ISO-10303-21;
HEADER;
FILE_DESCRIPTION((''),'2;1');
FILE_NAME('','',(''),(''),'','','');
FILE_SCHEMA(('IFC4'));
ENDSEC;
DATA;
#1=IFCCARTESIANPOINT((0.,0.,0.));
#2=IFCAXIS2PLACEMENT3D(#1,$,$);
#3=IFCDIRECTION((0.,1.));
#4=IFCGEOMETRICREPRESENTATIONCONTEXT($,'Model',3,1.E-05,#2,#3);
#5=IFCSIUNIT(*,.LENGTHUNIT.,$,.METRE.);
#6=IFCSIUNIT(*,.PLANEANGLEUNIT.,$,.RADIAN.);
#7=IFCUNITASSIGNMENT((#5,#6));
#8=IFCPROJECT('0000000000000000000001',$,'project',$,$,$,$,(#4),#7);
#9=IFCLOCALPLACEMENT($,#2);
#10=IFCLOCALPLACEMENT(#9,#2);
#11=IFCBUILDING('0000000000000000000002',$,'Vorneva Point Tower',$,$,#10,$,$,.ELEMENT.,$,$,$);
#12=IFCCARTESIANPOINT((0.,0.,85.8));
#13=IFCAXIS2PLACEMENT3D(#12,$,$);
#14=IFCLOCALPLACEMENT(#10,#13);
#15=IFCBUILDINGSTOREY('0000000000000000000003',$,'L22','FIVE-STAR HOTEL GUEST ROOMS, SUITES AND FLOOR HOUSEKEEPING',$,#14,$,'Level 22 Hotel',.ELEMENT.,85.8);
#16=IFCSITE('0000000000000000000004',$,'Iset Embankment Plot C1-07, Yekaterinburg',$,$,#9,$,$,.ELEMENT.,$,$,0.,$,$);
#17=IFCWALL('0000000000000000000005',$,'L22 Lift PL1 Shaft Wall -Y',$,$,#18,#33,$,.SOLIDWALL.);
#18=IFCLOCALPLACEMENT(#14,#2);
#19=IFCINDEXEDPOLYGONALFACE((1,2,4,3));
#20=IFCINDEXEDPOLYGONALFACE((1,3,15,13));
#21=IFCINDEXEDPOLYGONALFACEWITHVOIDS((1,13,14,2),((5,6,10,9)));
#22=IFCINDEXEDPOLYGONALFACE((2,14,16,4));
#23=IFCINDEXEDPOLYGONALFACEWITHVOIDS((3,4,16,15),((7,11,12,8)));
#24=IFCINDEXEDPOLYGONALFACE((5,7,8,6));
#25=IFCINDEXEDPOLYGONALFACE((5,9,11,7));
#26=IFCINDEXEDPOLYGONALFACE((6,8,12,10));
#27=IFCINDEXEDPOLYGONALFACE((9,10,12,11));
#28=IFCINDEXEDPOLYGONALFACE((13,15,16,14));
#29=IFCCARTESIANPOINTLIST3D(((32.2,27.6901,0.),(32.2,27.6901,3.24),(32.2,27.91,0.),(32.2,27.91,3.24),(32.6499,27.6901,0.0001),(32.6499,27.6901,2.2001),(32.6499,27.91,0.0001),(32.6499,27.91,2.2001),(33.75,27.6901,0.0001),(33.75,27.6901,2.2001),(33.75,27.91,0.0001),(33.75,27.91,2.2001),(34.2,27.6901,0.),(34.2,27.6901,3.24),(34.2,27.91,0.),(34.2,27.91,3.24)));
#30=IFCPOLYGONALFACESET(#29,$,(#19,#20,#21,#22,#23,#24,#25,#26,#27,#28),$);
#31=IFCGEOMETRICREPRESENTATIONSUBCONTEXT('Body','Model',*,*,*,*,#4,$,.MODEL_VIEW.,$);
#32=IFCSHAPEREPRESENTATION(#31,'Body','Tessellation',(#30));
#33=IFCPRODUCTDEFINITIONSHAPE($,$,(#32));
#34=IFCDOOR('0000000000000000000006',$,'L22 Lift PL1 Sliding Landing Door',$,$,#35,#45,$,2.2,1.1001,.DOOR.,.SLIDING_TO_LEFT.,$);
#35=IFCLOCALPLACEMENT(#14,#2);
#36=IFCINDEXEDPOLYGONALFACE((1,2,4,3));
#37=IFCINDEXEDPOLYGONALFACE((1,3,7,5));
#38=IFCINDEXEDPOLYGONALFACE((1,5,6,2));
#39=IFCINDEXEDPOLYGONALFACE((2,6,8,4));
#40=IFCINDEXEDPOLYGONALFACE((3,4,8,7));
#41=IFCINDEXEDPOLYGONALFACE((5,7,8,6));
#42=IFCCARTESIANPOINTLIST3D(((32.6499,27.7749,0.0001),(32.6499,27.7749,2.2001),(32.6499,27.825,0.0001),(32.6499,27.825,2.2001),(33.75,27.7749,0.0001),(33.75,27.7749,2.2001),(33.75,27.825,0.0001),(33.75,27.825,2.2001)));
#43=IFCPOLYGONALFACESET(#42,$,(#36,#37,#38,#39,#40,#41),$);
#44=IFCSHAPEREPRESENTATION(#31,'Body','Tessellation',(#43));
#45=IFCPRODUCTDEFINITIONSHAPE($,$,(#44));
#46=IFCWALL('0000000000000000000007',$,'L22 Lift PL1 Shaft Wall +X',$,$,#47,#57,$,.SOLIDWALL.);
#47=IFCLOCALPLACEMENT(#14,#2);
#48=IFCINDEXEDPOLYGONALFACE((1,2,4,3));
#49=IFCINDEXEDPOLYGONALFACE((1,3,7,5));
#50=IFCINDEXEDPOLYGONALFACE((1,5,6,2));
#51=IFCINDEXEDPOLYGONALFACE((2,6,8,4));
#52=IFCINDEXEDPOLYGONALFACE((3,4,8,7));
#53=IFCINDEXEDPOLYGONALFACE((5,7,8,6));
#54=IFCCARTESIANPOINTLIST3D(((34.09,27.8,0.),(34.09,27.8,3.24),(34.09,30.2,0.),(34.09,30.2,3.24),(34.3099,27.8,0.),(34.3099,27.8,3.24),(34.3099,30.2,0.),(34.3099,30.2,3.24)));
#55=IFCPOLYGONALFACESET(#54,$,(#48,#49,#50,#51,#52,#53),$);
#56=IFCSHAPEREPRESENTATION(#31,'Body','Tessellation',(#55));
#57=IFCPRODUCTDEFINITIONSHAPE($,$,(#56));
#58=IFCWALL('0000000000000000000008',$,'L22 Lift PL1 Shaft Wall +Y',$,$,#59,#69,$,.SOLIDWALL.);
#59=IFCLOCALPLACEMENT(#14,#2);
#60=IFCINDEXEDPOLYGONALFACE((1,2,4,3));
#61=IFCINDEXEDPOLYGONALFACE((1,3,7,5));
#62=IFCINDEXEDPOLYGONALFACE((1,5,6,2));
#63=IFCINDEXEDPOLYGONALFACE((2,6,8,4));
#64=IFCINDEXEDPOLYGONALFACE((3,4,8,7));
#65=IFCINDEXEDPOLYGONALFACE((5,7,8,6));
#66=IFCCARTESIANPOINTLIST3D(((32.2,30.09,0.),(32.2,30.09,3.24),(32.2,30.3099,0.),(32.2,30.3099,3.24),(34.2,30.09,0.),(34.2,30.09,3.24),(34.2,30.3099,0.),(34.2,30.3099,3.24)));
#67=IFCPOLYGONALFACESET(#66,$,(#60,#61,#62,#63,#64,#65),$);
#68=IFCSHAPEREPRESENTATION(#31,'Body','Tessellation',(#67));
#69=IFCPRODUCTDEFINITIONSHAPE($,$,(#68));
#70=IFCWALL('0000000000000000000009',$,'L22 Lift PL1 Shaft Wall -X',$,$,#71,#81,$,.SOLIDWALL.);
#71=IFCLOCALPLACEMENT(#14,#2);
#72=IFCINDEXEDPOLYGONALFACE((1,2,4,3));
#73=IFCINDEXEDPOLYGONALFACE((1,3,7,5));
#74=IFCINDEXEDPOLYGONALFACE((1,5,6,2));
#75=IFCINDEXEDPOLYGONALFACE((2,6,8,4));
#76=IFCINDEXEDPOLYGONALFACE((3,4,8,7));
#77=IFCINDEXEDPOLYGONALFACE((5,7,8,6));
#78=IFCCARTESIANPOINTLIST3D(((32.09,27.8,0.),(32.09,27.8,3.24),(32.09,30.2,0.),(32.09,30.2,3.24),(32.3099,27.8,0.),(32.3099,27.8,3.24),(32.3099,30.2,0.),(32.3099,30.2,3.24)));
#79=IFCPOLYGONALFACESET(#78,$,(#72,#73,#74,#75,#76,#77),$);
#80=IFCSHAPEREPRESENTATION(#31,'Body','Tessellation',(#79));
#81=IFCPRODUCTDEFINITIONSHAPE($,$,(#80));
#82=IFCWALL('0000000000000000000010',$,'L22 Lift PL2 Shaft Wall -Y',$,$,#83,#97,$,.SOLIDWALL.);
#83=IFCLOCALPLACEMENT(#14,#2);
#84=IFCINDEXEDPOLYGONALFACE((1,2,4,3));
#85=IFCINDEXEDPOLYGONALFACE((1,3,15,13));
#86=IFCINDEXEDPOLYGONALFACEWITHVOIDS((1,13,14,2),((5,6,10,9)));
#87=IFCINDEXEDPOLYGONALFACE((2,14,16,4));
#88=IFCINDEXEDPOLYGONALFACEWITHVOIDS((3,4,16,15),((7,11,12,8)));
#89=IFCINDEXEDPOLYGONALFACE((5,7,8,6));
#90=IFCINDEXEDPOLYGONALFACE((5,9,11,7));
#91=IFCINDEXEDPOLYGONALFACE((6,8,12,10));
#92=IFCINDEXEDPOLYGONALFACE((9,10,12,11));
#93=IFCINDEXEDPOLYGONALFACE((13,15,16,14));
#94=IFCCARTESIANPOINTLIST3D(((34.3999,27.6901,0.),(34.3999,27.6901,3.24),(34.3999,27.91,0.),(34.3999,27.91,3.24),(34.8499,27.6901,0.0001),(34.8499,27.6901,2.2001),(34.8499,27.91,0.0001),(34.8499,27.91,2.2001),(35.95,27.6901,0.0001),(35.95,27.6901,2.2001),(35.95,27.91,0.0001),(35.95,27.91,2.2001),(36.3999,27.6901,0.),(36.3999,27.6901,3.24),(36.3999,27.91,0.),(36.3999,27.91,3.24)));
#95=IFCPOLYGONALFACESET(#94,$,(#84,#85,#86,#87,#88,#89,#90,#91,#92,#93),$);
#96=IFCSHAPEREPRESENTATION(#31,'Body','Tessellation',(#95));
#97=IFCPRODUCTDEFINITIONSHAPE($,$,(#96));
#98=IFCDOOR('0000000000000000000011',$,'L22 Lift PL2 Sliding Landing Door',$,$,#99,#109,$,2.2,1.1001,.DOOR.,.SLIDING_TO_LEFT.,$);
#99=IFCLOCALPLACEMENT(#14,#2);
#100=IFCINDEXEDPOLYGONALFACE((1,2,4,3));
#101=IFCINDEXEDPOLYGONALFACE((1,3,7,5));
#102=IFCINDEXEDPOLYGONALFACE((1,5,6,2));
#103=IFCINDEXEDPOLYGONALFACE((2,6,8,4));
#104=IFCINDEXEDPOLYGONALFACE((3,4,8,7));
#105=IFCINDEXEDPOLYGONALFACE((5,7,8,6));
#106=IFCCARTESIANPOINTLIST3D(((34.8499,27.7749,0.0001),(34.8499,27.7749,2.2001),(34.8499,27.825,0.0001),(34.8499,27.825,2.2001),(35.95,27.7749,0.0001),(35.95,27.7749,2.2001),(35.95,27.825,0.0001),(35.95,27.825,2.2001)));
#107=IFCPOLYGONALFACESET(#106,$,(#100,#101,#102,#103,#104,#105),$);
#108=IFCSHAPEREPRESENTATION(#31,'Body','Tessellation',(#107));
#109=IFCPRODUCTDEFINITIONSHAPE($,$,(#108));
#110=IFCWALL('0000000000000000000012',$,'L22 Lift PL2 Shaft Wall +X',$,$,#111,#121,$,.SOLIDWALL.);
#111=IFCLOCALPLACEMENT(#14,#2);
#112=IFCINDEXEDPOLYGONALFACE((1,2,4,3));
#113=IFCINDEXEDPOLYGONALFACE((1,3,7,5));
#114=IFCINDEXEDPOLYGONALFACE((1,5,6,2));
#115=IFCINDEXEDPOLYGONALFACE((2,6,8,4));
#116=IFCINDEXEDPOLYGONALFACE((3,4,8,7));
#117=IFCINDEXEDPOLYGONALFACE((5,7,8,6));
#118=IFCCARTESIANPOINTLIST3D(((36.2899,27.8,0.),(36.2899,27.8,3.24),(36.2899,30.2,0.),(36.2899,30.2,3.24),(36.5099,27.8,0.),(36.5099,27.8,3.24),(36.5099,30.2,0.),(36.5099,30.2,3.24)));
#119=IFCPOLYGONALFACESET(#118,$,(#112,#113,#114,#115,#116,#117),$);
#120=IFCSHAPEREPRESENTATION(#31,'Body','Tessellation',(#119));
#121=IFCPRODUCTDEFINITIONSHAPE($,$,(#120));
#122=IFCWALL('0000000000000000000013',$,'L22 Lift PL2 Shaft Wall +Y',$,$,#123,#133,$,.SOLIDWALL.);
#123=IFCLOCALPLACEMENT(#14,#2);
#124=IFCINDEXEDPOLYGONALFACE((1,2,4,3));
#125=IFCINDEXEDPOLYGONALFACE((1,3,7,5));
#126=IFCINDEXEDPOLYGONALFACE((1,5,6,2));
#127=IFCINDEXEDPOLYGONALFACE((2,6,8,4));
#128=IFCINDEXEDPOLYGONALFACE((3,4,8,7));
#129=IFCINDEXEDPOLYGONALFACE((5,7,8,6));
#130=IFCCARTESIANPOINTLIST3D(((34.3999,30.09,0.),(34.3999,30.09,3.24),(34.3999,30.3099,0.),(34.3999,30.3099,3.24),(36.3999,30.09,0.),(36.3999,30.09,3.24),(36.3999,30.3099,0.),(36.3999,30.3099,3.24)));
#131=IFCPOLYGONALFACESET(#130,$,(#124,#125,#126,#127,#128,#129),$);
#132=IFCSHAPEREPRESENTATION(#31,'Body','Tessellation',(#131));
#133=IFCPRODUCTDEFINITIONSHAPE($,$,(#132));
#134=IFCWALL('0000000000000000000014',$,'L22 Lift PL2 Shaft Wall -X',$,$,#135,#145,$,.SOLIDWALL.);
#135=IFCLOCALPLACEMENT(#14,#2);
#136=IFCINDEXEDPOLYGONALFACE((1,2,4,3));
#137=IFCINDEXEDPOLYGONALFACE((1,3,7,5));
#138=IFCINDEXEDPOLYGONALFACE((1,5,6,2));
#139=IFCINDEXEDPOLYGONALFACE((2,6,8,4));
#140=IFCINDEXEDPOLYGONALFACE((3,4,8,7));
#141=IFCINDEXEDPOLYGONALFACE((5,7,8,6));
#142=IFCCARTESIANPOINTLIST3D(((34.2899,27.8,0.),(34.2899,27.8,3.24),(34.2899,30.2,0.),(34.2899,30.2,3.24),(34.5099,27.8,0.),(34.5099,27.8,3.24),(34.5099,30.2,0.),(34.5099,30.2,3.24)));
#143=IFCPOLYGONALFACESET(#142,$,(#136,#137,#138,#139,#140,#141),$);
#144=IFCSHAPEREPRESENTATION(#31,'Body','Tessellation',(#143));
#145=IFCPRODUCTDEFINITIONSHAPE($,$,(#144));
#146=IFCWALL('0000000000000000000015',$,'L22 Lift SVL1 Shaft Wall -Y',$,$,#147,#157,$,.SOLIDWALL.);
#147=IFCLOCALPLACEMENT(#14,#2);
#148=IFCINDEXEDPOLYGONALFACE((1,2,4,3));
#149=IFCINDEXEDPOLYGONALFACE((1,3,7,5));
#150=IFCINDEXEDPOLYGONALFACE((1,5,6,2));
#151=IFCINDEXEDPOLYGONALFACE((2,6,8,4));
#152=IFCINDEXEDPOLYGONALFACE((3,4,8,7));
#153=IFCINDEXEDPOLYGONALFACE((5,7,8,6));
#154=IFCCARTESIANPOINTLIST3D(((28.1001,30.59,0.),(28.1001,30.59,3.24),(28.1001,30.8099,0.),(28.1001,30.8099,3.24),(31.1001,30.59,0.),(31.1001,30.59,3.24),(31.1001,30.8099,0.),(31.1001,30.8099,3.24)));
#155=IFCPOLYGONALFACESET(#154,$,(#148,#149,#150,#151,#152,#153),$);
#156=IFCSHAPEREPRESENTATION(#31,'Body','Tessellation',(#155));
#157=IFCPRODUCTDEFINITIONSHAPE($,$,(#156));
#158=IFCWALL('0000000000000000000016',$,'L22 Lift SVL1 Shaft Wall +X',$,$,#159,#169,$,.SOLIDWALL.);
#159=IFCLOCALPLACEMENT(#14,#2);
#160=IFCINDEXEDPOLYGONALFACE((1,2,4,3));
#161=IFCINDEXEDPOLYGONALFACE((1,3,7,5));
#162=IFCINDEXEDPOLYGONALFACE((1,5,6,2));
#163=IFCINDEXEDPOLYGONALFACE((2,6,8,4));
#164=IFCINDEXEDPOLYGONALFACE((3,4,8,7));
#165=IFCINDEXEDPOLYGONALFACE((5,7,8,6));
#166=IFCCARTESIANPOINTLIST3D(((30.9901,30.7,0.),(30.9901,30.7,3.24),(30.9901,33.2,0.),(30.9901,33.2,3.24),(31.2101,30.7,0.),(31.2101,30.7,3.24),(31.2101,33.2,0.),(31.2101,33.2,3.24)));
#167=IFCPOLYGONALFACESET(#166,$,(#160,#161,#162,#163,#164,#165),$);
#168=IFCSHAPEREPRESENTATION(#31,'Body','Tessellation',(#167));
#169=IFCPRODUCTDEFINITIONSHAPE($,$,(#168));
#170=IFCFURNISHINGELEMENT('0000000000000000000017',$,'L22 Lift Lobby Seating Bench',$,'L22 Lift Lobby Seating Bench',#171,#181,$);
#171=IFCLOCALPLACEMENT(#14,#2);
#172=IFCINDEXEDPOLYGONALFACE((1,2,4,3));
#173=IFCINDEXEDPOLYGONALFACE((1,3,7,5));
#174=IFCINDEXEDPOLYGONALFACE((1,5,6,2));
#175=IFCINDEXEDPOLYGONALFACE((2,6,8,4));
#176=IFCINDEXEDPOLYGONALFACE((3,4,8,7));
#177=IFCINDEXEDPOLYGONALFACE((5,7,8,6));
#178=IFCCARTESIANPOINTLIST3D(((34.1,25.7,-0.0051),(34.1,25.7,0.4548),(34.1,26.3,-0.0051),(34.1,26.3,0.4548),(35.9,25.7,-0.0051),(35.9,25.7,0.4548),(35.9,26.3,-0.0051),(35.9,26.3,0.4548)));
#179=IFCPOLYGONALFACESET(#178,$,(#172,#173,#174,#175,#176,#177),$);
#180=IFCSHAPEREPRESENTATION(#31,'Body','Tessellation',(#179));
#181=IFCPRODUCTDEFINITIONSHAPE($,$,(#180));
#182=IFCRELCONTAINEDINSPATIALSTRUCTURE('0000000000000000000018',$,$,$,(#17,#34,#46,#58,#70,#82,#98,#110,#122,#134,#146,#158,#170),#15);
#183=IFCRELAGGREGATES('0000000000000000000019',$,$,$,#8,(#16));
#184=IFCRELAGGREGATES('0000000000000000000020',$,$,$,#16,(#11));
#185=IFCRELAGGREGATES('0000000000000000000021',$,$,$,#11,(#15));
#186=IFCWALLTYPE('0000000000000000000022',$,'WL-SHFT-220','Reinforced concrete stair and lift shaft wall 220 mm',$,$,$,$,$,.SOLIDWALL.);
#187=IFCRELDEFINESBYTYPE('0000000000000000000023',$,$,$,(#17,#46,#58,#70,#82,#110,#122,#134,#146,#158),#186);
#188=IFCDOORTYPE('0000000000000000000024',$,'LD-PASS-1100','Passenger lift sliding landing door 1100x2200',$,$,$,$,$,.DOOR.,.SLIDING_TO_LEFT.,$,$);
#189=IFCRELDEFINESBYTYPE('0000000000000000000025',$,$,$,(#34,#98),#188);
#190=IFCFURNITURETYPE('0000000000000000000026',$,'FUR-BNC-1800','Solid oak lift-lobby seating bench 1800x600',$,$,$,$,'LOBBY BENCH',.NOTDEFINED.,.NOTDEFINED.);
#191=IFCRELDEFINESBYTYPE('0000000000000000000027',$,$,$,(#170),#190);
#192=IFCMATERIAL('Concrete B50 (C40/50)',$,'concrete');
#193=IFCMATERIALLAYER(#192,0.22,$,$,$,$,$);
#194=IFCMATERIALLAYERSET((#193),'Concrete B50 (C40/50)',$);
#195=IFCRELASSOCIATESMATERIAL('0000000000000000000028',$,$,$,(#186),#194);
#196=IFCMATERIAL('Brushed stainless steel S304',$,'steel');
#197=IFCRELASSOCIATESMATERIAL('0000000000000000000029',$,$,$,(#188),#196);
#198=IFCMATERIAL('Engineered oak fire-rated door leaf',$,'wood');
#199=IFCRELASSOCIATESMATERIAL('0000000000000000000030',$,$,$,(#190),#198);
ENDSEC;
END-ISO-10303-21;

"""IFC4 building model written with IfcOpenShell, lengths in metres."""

from ifc_helpers import new_model, si_unit, direction, frame, frame_2d, origin, origin_2d, place, context, subcontext, project, spatial, rectangle, extrude, material, layer, layer_set, type_object, element, fill, save


model = new_model("IFC4")

# Units and contexts
model_context = context("Model", 3, precision=1e-05, world=origin(), true_north=direction((0.0, 1.0)))
body_context = subcontext(model_context, "Body", "Model", "MODEL_VIEW")
ifc_project = project(units=[si_unit("LENGTHUNIT", "METRE"), si_unit("PLANEANGLEUNIT", "RADIAN")], contexts=[model_context])

# Site, building, storey
site_placement = place(None, origin())
site = spatial("IfcSite", under=ifc_project, at=site_placement, Name="Iset Embankment Plot C1-07, Yekaterinburg", CompositionType="ELEMENT", RefElevation=0.0)
building_placement = place(site_placement, origin())
building = spatial("IfcBuilding", under=site, at=building_placement, Name="Vorneva Point Tower", CompositionType="ELEMENT")
storey_placement = place(building_placement, frame((0.0, 0.0, 85.8)))
storey = spatial("IfcBuildingStorey", under=building, at=storey_placement, Name="L22", Description="FIVE-STAR HOTEL GUEST ROOMS, SUITES AND FLOOR HOUSEKEEPING", LongName="Level 22 Hotel", CompositionType="ELEMENT", Elevation=85.8)

# Shared definitions
ifc_material_1 = material(Name="Brushed stainless steel S304", Category="steel")

# Wall, opening, door
ifc_material_2 = material(Name="Concrete B50 (C40/50)", Category="concrete")
ifc_layer_1 = layer(ifc_material_2, 0.22)
ifc_layer_set_1 = layer_set([ifc_layer_1], Name="Concrete B50 (C40/50)")
wall_type_1 = type_object("IfcWallType", Name="WL-SHFT-220", Description="Reinforced concrete stair and lift shaft wall 220 mm", PredefinedType="SOLIDWALL", material=ifc_layer_set_1)
wall_1_placement = place(storey_placement, frame((32.2, 27.8, 0.0), z_axis=(0.0, 0.0, 1.0), x_axis=(1.0, 0.0, 0.0)))
wall_1 = element("IfcWall", 1, at=wall_1_placement, inside=storey, type_object=wall_type_1, Name="L22 Lift PL1 Shaft Wall -Y", PredefinedType="SOLIDWALL", context=body_context, shape_type="SweptSolid", body=[
    extrude(rectangle(XDim=2.0, YDim=0.22, at=frame_2d((1.0, 0.0))), origin(), (0.0, 0.0, 1.0), 3.24),
])
opening_1_placement = place(wall_1_placement, frame((0.45, 0.0, 0.0)))
opening_1 = element("IfcOpeningElement", 2, at=opening_1_placement, cuts=wall_1, PredefinedType="OPENING", context=body_context, shape_type="SweptSolid", body=[
    extrude(rectangle(XDim=1.1001, YDim=2.2, at=frame_2d((0.55, 1.1001))), frame((0.0, 0.125, 0.0), z_axis=(0.0, -1.0, 0.0), x_axis=(1.0, 0.0, 0.0)), (0.0, 0.0, 1.0), 0.2498),
])
door_type_1 = type_object("IfcDoorType", Name="LD-PASS-1100", Description="Passenger lift sliding landing door 1100x2200", OperationType="SLIDING_TO_LEFT", PredefinedType="DOOR", material=ifc_material_1)
door_1_placement = place(opening_1_placement, origin())
door_1 = element("IfcDoor", 3, at=door_1_placement, inside=storey, type_object=door_type_1, Name="L22 Lift PL1 Sliding Landing Door", OperationType="SLIDING_TO_LEFT", OverallHeight=2.2, OverallWidth=1.1001, PredefinedType="DOOR", context=body_context, shape_type="SweptSolid", body=[
    extrude(rectangle(XDim=1.1001, YDim=2.2, at=frame_2d((0.55, 1.1001))), frame((0.0, 0.0249, 0.0), z_axis=(0.0, -1.0, 0.0), x_axis=(1.0, 0.0, 0.0)), (0.0, 0.0, 1.0), 0.05),
])
fill(opening_1, door_1)

# Walls
wall_2_placement = place(storey_placement, frame((34.2, 27.8, 0.0), z_axis=(0.0, 0.0, 1.0), x_axis=(0.0, 1.0, 0.0)))
element("IfcWall", 4, at=wall_2_placement, inside=storey, type_object=wall_type_1, Name="L22 Lift PL1 Shaft Wall +X", PredefinedType="SOLIDWALL", context=body_context, shape_type="SweptSolid", body=[
    extrude(rectangle(XDim=2.3999, YDim=0.22, at=frame_2d((1.2, 0.0))), origin(), (0.0, 0.0, 1.0), 3.24),
])
wall_3_placement = place(storey_placement, frame((34.2, 30.2, 0.0), z_axis=(0.0, 0.0, 1.0), x_axis=(-1.0, 0.0, 0.0)))
element("IfcWall", 5, at=wall_3_placement, inside=storey, type_object=wall_type_1, Name="L22 Lift PL1 Shaft Wall +Y", PredefinedType="SOLIDWALL", context=body_context, shape_type="SweptSolid", body=[
    extrude(rectangle(XDim=2.0, YDim=0.22, at=frame_2d((1.0, 0.0))), origin(), (0.0, 0.0, 1.0), 3.24),
])
wall_4_placement = place(storey_placement, frame((32.2, 30.2, 0.0), z_axis=(0.0, 0.0, 1.0), x_axis=(0.0, -1.0, 0.0)))
element("IfcWall", 6, at=wall_4_placement, inside=storey, type_object=wall_type_1, Name="L22 Lift PL1 Shaft Wall -X", PredefinedType="SOLIDWALL", context=body_context, shape_type="SweptSolid", body=[
    extrude(rectangle(XDim=2.3999, YDim=0.22, at=frame_2d((1.2, 0.0))), origin(), (0.0, 0.0, 1.0), 3.24),
])

# Wall, opening, door
wall_5_placement = place(storey_placement, frame((34.3999, 27.8, 0.0), z_axis=(0.0, 0.0, 1.0), x_axis=(1.0, 0.0, 0.0)))
wall_5 = element("IfcWall", 7, at=wall_5_placement, inside=storey, type_object=wall_type_1, Name="L22 Lift PL2 Shaft Wall -Y", PredefinedType="SOLIDWALL", context=body_context, shape_type="SweptSolid", body=[
    extrude(rectangle(XDim=2.0, YDim=0.22, at=frame_2d((1.0, 0.0))), origin(), (0.0, 0.0, 1.0), 3.24),
])
opening_2_placement = place(wall_5_placement, frame((0.45, 0.0, 0.0)))
opening_2 = element("IfcOpeningElement", 8, at=opening_2_placement, cuts=wall_5, PredefinedType="OPENING", context=body_context, shape_type="SweptSolid", body=[
    extrude(rectangle(XDim=1.1001, YDim=2.2, at=frame_2d((0.55, 1.1001))), frame((0.0, 0.125, 0.0), z_axis=(0.0, -1.0, 0.0), x_axis=(1.0, 0.0, 0.0)), (0.0, 0.0, 1.0), 0.2498),
])
door_2_placement = place(opening_2_placement, origin())
door_2 = element("IfcDoor", 9, at=door_2_placement, inside=storey, type_object=door_type_1, Name="L22 Lift PL2 Sliding Landing Door", OperationType="SLIDING_TO_LEFT", OverallHeight=2.2, OverallWidth=1.1001, PredefinedType="DOOR", context=body_context, shape_type="SweptSolid", body=[
    extrude(rectangle(XDim=1.1001, YDim=2.2, at=frame_2d((0.55, 1.1001))), frame((0.0, 0.0249, 0.0), z_axis=(0.0, -1.0, 0.0), x_axis=(1.0, 0.0, 0.0)), (0.0, 0.0, 1.0), 0.05),
])
fill(opening_2, door_2)

# Walls
wall_6_placement = place(storey_placement, frame((36.3999, 27.8, 0.0), z_axis=(0.0, 0.0, 1.0), x_axis=(0.0, 1.0, 0.0)))
element("IfcWall", 10, at=wall_6_placement, inside=storey, type_object=wall_type_1, Name="L22 Lift PL2 Shaft Wall +X", PredefinedType="SOLIDWALL", context=body_context, shape_type="SweptSolid", body=[
    extrude(rectangle(XDim=2.3999, YDim=0.22, at=frame_2d((1.2, 0.0))), origin(), (0.0, 0.0, 1.0), 3.24),
])
wall_7_placement = place(storey_placement, frame((36.3999, 30.2, 0.0), z_axis=(0.0, 0.0, 1.0), x_axis=(-1.0, 0.0, 0.0)))
element("IfcWall", 11, at=wall_7_placement, inside=storey, type_object=wall_type_1, Name="L22 Lift PL2 Shaft Wall +Y", PredefinedType="SOLIDWALL", context=body_context, shape_type="SweptSolid", body=[
    extrude(rectangle(XDim=2.0, YDim=0.22, at=frame_2d((1.0, 0.0))), origin(), (0.0, 0.0, 1.0), 3.24),
])
wall_8_placement = place(storey_placement, frame((34.3999, 30.2, 0.0), z_axis=(0.0, 0.0, 1.0), x_axis=(0.0, -1.0, 0.0)))
element("IfcWall", 12, at=wall_8_placement, inside=storey, type_object=wall_type_1, Name="L22 Lift PL2 Shaft Wall -X", PredefinedType="SOLIDWALL", context=body_context, shape_type="SweptSolid", body=[
    extrude(rectangle(XDim=2.3999, YDim=0.22, at=frame_2d((1.2, 0.0))), origin(), (0.0, 0.0, 1.0), 3.24),
])
wall_9_placement = place(storey_placement, frame((28.1001, 30.7, 0.0), z_axis=(0.0, 0.0, 1.0), x_axis=(1.0, 0.0, 0.0)))
element("IfcWall", 13, at=wall_9_placement, inside=storey, type_object=wall_type_1, Name="L22 Lift SVL1 Shaft Wall -Y", PredefinedType="SOLIDWALL", context=body_context, shape_type="SweptSolid", body=[
    extrude(rectangle(XDim=3.0, YDim=0.22, at=frame_2d((1.5, 0.0))), origin(), (0.0, 0.0, 1.0), 3.24),
])
wall_10_placement = place(storey_placement, frame((31.1001, 30.7, 0.0), z_axis=(0.0, 0.0, 1.0), x_axis=(0.0, 1.0, 0.0)))
element("IfcWall", 14, at=wall_10_placement, inside=storey, type_object=wall_type_1, Name="L22 Lift SVL1 Shaft Wall +X", PredefinedType="SOLIDWALL", context=body_context, shape_type="SweptSolid", body=[
    extrude(rectangle(XDim=2.5, YDim=0.22, at=frame_2d((1.25, 0.0))), origin(), (0.0, 0.0, 1.0), 3.24),
])

# Furnishing element
ifc_material_3 = material(Name="Engineered oak fire-rated door leaf", Category="wood")
furniture_type = type_object("IfcFurnitureType", Name="FUR-BNC-1800", Description="Solid oak lift-lobby seating bench 1800x600", ElementType="LOBBY BENCH", AssemblyPlace="NOTDEFINED", PredefinedType="NOTDEFINED", material=ifc_material_3)
furnishing_placement = place(storey_placement, frame((35.0, 26.0, -0.0051), z_axis=(0.0, 0.0, 1.0), x_axis=(1.0, 0.0, 0.0)))
element("IfcFurnishingElement", 15, at=furnishing_placement, inside=storey, type_object=furniture_type, Name="L22 Lift Lobby Seating Bench", ObjectType="L22 Lift Lobby Seating Bench", context=body_context, shape_type="SweptSolid", body=[
    extrude(rectangle(XDim=1.8, YDim=0.6001, at=origin_2d()), origin(), (0.0, 0.0, 1.0), 0.46),
])

save(model, "model.ifc")
